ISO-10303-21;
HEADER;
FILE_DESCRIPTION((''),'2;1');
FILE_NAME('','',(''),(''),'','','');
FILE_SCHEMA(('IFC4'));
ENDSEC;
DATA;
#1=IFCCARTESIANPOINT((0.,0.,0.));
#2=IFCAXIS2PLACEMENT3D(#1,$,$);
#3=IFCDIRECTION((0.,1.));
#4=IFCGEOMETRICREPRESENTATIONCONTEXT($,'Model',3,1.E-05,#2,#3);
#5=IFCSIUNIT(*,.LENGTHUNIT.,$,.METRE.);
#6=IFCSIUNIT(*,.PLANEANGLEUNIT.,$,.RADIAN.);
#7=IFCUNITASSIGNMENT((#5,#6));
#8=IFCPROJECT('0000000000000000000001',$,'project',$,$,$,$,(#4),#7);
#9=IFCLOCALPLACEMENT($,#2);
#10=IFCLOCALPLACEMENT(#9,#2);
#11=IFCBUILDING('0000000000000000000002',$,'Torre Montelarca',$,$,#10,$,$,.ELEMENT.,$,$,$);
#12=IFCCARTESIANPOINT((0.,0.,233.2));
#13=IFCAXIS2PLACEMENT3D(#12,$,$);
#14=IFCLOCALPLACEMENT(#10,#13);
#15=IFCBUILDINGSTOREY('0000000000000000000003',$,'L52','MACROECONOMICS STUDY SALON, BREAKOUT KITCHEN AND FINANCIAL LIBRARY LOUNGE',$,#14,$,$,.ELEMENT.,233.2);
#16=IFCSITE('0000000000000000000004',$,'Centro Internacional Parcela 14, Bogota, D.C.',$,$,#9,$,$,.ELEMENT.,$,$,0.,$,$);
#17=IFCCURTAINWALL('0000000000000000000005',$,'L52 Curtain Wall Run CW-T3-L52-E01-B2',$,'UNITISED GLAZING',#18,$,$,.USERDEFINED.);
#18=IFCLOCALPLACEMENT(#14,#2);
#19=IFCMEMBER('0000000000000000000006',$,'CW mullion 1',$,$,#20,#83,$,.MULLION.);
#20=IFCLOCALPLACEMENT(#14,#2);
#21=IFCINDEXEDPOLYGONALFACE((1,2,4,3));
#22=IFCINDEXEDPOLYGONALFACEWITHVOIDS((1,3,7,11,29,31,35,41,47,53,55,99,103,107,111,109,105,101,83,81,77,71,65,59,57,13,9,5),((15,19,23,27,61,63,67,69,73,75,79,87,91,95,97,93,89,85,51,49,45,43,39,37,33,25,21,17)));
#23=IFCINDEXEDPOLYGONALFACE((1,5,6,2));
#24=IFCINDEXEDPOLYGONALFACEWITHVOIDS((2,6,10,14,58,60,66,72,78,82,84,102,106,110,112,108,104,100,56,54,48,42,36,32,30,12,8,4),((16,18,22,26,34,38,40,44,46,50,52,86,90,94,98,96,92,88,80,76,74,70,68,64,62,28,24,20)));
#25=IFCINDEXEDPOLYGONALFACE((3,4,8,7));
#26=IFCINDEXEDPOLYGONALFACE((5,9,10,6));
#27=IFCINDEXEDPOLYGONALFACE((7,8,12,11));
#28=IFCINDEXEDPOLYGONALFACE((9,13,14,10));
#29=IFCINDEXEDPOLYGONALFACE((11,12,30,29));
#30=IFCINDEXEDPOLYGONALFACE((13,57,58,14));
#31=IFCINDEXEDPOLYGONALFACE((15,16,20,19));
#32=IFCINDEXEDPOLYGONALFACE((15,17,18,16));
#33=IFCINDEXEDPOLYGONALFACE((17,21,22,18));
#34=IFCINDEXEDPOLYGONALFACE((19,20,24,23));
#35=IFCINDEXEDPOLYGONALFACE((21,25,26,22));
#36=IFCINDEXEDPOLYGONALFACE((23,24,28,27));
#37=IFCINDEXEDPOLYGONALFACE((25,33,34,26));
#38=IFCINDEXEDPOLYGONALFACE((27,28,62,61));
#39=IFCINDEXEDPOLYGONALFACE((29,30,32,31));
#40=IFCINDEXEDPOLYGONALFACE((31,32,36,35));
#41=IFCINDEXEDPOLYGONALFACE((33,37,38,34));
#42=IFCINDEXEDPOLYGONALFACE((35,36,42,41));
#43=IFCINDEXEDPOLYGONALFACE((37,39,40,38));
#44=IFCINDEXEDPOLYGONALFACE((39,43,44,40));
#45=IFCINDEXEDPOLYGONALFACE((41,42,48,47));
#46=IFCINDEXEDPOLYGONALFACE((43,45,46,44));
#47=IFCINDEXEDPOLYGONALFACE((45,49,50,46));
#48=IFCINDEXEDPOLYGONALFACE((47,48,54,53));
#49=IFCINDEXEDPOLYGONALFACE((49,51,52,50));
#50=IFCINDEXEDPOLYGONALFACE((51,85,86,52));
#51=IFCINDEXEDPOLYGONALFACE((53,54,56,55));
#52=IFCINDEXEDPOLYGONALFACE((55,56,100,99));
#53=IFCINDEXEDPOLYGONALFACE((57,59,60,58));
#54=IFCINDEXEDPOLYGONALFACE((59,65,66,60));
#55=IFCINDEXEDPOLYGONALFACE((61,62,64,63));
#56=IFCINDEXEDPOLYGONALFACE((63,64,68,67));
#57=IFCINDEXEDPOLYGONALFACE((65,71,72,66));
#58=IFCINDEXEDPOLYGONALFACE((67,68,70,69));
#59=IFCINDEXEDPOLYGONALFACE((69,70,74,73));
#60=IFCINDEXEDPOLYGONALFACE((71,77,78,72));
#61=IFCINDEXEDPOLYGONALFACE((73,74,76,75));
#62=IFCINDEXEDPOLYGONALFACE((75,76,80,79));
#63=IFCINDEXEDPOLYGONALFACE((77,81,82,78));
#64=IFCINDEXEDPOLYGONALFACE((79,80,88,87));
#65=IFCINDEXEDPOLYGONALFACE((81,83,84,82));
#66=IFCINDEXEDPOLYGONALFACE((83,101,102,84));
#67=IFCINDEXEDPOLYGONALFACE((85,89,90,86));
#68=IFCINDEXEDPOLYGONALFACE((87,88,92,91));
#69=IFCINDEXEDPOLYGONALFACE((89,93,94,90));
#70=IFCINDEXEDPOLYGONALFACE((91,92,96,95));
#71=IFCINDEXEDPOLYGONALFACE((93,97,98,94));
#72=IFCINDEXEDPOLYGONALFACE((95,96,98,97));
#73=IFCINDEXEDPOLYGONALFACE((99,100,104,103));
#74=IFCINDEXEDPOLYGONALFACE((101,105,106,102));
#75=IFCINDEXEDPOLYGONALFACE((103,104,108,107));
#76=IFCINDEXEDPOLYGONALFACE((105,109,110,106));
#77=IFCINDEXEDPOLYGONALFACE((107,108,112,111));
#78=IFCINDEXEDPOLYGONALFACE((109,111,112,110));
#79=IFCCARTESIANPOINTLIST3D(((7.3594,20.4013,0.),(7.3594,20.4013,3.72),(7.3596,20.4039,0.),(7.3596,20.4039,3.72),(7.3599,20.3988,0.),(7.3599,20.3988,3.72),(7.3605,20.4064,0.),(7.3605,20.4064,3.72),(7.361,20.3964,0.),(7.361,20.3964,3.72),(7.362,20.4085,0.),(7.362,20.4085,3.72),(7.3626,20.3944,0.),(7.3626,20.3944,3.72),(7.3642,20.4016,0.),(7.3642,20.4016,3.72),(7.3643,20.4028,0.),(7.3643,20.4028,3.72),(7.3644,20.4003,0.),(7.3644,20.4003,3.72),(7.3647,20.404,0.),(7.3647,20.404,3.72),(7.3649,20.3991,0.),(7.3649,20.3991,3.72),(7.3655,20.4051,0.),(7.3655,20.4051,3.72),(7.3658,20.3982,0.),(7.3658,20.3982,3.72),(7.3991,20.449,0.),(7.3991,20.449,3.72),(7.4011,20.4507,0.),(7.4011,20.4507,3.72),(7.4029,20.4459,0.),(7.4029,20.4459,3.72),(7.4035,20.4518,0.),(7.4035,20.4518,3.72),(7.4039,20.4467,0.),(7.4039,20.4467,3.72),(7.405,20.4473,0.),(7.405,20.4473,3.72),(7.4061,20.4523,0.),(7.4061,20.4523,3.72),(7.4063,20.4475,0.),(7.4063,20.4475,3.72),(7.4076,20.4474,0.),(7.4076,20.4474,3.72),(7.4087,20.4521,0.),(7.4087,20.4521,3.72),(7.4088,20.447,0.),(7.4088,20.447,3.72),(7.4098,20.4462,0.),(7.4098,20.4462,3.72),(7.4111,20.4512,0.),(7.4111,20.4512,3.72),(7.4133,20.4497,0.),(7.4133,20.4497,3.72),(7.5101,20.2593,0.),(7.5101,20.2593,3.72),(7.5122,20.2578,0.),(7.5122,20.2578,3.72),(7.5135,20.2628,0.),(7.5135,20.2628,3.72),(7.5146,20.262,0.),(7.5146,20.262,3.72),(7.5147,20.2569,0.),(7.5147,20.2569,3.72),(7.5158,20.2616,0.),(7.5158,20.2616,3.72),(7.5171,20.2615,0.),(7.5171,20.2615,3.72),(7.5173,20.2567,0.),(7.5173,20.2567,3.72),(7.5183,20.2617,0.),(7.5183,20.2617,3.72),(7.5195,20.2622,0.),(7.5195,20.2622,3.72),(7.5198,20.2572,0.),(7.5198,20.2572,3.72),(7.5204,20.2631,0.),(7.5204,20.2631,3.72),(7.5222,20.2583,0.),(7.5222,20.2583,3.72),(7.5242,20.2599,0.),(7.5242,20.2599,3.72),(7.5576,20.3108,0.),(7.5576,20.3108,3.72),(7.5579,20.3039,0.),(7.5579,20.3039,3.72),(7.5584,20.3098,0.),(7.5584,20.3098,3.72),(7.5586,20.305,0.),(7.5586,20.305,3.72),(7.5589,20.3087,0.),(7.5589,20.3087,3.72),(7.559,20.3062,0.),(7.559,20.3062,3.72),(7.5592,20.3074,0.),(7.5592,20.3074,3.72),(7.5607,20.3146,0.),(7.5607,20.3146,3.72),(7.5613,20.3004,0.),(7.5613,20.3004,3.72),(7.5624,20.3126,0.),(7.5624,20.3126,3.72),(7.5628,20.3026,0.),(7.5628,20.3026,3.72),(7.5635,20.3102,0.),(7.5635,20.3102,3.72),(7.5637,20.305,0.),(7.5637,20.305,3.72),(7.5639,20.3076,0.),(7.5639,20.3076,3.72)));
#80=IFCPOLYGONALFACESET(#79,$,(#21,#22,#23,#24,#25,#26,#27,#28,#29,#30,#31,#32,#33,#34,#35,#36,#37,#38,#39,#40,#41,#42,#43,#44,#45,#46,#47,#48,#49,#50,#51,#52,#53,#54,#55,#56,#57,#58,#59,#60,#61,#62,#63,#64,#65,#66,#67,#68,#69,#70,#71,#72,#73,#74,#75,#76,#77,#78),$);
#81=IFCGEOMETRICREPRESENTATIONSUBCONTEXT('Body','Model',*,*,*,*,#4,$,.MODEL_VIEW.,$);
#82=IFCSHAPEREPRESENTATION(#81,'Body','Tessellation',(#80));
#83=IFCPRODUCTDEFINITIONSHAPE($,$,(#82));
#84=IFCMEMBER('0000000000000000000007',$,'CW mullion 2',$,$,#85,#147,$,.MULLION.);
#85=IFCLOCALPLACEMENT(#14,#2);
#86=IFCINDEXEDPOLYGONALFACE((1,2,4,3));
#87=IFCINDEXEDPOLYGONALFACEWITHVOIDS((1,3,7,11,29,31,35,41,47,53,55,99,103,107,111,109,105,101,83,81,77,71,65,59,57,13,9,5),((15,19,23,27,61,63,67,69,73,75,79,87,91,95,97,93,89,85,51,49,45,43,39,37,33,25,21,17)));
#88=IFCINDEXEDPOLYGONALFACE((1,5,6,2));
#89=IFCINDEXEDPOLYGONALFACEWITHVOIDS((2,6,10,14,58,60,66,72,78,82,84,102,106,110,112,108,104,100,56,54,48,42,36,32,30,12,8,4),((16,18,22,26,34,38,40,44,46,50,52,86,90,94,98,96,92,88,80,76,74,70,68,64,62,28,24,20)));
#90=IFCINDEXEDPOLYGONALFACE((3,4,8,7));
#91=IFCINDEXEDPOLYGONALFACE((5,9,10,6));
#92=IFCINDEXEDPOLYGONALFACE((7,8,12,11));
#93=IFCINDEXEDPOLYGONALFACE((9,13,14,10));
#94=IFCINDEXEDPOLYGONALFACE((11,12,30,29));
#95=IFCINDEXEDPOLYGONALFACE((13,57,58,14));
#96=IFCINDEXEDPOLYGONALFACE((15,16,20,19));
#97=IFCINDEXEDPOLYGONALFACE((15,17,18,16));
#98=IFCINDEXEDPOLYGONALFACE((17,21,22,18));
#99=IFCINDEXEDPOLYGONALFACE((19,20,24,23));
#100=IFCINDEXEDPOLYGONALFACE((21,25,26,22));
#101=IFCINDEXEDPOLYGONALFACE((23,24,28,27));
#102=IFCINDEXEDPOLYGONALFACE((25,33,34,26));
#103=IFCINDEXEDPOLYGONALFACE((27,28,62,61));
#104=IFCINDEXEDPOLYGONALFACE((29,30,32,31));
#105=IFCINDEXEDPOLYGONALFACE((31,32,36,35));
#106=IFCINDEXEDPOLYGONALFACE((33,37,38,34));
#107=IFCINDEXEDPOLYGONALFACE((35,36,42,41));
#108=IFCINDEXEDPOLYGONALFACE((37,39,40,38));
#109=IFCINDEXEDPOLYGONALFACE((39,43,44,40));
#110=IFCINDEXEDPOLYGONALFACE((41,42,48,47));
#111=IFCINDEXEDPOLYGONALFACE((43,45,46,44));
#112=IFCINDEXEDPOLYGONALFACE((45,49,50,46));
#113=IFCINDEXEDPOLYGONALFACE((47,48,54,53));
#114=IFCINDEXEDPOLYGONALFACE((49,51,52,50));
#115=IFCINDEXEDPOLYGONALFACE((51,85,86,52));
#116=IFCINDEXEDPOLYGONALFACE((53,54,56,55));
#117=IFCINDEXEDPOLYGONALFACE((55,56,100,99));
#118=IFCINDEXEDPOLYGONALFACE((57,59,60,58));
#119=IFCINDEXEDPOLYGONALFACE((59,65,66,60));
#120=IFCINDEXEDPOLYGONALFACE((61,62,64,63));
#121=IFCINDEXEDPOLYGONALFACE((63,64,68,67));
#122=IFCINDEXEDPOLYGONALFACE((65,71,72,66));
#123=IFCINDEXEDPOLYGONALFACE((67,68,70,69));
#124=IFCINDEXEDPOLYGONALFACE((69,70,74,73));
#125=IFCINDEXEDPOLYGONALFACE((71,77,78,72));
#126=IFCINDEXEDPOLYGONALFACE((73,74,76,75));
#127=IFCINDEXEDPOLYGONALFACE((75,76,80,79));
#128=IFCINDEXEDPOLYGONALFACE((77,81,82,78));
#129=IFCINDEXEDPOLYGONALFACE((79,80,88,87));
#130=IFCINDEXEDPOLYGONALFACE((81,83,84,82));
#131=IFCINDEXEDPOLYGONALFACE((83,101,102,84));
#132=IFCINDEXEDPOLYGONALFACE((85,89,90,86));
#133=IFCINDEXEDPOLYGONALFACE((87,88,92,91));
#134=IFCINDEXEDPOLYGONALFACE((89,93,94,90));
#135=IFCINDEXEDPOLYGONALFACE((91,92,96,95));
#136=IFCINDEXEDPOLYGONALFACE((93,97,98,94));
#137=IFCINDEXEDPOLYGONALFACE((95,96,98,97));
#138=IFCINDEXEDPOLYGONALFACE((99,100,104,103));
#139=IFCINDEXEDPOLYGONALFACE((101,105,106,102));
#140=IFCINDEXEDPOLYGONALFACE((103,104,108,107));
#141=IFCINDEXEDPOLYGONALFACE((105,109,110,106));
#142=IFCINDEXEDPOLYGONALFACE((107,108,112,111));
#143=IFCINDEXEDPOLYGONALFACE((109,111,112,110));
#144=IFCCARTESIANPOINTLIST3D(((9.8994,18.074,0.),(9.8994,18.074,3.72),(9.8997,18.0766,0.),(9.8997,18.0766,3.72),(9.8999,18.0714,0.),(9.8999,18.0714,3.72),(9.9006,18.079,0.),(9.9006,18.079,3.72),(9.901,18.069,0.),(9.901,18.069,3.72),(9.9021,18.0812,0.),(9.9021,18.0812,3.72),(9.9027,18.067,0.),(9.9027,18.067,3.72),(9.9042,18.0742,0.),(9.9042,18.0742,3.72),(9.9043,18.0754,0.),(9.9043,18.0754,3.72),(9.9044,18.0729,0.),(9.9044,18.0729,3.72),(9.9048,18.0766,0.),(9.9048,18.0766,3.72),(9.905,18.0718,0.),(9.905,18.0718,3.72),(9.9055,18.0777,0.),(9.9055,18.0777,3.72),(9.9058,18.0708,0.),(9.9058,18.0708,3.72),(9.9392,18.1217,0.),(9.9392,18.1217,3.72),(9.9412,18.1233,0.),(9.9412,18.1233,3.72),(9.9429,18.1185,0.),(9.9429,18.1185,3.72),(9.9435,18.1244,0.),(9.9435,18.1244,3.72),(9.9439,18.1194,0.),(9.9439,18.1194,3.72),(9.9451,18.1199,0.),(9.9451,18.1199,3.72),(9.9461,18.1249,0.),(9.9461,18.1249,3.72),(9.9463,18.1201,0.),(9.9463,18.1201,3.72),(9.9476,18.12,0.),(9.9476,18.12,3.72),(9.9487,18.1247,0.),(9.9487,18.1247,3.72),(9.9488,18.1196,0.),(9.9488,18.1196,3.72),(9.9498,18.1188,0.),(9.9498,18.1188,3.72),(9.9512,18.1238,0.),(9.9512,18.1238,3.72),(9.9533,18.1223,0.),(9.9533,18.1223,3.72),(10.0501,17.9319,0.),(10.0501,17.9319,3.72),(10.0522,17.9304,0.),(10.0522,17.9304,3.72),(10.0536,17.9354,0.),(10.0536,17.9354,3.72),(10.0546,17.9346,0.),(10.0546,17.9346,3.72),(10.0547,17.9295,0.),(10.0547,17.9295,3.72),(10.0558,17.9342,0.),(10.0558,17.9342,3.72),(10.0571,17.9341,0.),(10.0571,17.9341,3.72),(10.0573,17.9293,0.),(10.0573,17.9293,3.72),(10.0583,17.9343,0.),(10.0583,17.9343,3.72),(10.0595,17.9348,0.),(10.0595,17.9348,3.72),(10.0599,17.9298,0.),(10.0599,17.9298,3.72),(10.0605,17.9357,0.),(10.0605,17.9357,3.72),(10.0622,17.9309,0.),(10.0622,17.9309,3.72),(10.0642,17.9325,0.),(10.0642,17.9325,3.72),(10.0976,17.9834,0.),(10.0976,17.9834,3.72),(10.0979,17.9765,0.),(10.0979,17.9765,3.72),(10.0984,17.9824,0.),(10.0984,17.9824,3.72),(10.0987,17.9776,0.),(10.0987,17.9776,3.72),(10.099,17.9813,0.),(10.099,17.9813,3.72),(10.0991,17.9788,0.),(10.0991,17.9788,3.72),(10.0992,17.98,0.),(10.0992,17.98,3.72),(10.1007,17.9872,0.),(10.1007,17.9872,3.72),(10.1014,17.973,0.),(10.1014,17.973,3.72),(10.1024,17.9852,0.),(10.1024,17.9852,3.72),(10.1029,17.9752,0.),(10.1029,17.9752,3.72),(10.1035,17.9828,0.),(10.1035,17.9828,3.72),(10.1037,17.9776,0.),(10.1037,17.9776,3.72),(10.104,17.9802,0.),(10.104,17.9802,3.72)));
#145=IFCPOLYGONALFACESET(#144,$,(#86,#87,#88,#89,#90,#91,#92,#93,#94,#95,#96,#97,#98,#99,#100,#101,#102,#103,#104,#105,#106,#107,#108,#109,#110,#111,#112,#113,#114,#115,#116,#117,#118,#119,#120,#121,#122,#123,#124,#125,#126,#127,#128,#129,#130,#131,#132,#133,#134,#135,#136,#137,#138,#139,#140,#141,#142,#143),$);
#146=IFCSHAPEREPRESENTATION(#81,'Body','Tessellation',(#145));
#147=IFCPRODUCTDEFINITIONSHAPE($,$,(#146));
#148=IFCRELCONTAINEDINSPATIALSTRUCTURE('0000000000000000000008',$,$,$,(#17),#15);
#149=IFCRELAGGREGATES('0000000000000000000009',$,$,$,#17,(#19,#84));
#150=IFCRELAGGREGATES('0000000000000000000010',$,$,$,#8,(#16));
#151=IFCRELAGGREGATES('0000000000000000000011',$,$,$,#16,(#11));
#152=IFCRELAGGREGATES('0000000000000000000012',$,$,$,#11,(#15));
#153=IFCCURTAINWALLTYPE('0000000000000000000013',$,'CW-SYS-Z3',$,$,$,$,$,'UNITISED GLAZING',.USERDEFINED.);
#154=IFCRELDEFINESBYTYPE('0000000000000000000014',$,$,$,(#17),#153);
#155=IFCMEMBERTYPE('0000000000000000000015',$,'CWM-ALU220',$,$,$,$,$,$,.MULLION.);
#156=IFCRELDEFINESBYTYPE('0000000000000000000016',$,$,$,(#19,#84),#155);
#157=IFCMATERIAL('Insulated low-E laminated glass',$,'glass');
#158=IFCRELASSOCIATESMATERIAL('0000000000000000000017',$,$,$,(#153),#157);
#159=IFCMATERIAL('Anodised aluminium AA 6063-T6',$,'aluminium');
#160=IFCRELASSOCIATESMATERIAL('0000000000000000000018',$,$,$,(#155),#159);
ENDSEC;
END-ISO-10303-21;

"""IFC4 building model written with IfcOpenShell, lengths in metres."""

from ifc_helpers import new_model, si_unit, direction, frame, origin, origin_2d, place, context, subcontext, project, spatial, hollow_rectangle, extrude, source, transform, mapped, material, material_profile, profile_set, type_object, element, aggregate, save


model = new_model("IFC4")

# Units and contexts
model_context = context("Model", 3, precision=1e-05, world=origin(), true_north=direction((0.0, 1.0)))
body_context = subcontext(model_context, "Body", "Model", "MODEL_VIEW")
ifc_project = project(units=[si_unit("LENGTHUNIT", "METRE"), si_unit("PLANEANGLEUNIT", "RADIAN")], contexts=[model_context])

# Site, building, storey
site_placement = place(None, origin())
site = spatial("IfcSite", under=ifc_project, at=site_placement, Name="Centro Internacional Parcela 14, Bogota, D.C.", CompositionType="ELEMENT", RefElevation=0.0)
building_placement = place(site_placement, origin())
building = spatial("IfcBuilding", under=site, at=building_placement, Name="Torre Montelarca", CompositionType="ELEMENT")
storey_placement = place(building_placement, frame((0.0, 0.0, 233.2)))
storey = spatial("IfcBuildingStorey", under=building, at=storey_placement, Name="L52", Description="MACROECONOMICS STUDY SALON, BREAKOUT KITCHEN AND FINANCIAL LIBRARY LOUNGE", CompositionType="ELEMENT", Elevation=233.2)

# Curtain wall, members
ifc_material_1 = material(Name="Insulated low-E laminated glass", Category="glass")
curtain_wall_type = type_object("IfcCurtainWallType", Name="CW-SYS-Z3", ElementType="UNITISED GLAZING", PredefinedType="USERDEFINED", material=ifc_material_1)
ifc_material_2 = material(Name="Anodised aluminium AA 6063-T6", Category="aluminium")
curtain_wall_1_placement = place(storey_placement, origin())
curtain_wall_1 = element("IfcCurtainWall", 1, at=curtain_wall_1_placement, inside=storey, type_object=curtain_wall_type, Name="L52 Curtain Wall Run CW-T3-L52-E01-B2", ObjectType="UNITISED GLAZING", PredefinedType="USERDEFINED")
ifc_material_profile_1 = material_profile(ifc_material_2, hollow_rectangle(XDim=0.075, YDim=0.22, WallThickness=0.0049, InnerFilletRadius=0.0049, OuterFilletRadius=0.01, at=origin_2d()), Name="ALU75X220X5", Category="aluminium")
ifc_profile_set_1 = profile_set([ifc_material_profile_1], Name="Anodised aluminium AA 6063-T6")
member_type_1 = type_object("IfcMemberType", Name="CWM-ALU220", PredefinedType="MULLION", material=ifc_profile_set_1)
shared_shape_1 = source(origin(), body_context, "Body", "SweptSolid", [
    extrude(hollow_rectangle(XDim=0.075, YDim=0.22, WallThickness=0.0049, InnerFilletRadius=0.0049, OuterFilletRadius=0.01, at=origin_2d()), origin(), (0.0, 0.0, 1.0), 3.72),
])
member_1_placement = place(storey_placement, frame((7.4617, 20.3545, 0.0), z_axis=(0.0, 0.0, 1.0), x_axis=(0.675579, 0.737288, 0.0)))
member_1 = element("IfcMember", 2, at=member_1_placement, type_object=member_type_1, Name="CW mullion 1", PredefinedType="MULLION", context=body_context, shape_type="MappedRepresentation", body=[
    mapped(shared_shape_1, transform((0.0, 0.0, 0.0), scale=1.0)),
])
member_2_placement = place(storey_placement, frame((10.0017, 18.0271, 0.0), z_axis=(0.0, 0.0, 1.0), x_axis=(0.675579, 0.737288, 0.0)))
member_2 = element("IfcMember", 3, at=member_2_placement, type_object=member_type_1, Name="CW mullion 2", PredefinedType="MULLION", context=body_context, shape_type="MappedRepresentation", body=[
    mapped(shared_shape_1, transform((0.0, 0.0, 0.0), scale=1.0)),
])

aggregate(curtain_wall_1, [member_1, member_2])

save(model, "model.ifc")
